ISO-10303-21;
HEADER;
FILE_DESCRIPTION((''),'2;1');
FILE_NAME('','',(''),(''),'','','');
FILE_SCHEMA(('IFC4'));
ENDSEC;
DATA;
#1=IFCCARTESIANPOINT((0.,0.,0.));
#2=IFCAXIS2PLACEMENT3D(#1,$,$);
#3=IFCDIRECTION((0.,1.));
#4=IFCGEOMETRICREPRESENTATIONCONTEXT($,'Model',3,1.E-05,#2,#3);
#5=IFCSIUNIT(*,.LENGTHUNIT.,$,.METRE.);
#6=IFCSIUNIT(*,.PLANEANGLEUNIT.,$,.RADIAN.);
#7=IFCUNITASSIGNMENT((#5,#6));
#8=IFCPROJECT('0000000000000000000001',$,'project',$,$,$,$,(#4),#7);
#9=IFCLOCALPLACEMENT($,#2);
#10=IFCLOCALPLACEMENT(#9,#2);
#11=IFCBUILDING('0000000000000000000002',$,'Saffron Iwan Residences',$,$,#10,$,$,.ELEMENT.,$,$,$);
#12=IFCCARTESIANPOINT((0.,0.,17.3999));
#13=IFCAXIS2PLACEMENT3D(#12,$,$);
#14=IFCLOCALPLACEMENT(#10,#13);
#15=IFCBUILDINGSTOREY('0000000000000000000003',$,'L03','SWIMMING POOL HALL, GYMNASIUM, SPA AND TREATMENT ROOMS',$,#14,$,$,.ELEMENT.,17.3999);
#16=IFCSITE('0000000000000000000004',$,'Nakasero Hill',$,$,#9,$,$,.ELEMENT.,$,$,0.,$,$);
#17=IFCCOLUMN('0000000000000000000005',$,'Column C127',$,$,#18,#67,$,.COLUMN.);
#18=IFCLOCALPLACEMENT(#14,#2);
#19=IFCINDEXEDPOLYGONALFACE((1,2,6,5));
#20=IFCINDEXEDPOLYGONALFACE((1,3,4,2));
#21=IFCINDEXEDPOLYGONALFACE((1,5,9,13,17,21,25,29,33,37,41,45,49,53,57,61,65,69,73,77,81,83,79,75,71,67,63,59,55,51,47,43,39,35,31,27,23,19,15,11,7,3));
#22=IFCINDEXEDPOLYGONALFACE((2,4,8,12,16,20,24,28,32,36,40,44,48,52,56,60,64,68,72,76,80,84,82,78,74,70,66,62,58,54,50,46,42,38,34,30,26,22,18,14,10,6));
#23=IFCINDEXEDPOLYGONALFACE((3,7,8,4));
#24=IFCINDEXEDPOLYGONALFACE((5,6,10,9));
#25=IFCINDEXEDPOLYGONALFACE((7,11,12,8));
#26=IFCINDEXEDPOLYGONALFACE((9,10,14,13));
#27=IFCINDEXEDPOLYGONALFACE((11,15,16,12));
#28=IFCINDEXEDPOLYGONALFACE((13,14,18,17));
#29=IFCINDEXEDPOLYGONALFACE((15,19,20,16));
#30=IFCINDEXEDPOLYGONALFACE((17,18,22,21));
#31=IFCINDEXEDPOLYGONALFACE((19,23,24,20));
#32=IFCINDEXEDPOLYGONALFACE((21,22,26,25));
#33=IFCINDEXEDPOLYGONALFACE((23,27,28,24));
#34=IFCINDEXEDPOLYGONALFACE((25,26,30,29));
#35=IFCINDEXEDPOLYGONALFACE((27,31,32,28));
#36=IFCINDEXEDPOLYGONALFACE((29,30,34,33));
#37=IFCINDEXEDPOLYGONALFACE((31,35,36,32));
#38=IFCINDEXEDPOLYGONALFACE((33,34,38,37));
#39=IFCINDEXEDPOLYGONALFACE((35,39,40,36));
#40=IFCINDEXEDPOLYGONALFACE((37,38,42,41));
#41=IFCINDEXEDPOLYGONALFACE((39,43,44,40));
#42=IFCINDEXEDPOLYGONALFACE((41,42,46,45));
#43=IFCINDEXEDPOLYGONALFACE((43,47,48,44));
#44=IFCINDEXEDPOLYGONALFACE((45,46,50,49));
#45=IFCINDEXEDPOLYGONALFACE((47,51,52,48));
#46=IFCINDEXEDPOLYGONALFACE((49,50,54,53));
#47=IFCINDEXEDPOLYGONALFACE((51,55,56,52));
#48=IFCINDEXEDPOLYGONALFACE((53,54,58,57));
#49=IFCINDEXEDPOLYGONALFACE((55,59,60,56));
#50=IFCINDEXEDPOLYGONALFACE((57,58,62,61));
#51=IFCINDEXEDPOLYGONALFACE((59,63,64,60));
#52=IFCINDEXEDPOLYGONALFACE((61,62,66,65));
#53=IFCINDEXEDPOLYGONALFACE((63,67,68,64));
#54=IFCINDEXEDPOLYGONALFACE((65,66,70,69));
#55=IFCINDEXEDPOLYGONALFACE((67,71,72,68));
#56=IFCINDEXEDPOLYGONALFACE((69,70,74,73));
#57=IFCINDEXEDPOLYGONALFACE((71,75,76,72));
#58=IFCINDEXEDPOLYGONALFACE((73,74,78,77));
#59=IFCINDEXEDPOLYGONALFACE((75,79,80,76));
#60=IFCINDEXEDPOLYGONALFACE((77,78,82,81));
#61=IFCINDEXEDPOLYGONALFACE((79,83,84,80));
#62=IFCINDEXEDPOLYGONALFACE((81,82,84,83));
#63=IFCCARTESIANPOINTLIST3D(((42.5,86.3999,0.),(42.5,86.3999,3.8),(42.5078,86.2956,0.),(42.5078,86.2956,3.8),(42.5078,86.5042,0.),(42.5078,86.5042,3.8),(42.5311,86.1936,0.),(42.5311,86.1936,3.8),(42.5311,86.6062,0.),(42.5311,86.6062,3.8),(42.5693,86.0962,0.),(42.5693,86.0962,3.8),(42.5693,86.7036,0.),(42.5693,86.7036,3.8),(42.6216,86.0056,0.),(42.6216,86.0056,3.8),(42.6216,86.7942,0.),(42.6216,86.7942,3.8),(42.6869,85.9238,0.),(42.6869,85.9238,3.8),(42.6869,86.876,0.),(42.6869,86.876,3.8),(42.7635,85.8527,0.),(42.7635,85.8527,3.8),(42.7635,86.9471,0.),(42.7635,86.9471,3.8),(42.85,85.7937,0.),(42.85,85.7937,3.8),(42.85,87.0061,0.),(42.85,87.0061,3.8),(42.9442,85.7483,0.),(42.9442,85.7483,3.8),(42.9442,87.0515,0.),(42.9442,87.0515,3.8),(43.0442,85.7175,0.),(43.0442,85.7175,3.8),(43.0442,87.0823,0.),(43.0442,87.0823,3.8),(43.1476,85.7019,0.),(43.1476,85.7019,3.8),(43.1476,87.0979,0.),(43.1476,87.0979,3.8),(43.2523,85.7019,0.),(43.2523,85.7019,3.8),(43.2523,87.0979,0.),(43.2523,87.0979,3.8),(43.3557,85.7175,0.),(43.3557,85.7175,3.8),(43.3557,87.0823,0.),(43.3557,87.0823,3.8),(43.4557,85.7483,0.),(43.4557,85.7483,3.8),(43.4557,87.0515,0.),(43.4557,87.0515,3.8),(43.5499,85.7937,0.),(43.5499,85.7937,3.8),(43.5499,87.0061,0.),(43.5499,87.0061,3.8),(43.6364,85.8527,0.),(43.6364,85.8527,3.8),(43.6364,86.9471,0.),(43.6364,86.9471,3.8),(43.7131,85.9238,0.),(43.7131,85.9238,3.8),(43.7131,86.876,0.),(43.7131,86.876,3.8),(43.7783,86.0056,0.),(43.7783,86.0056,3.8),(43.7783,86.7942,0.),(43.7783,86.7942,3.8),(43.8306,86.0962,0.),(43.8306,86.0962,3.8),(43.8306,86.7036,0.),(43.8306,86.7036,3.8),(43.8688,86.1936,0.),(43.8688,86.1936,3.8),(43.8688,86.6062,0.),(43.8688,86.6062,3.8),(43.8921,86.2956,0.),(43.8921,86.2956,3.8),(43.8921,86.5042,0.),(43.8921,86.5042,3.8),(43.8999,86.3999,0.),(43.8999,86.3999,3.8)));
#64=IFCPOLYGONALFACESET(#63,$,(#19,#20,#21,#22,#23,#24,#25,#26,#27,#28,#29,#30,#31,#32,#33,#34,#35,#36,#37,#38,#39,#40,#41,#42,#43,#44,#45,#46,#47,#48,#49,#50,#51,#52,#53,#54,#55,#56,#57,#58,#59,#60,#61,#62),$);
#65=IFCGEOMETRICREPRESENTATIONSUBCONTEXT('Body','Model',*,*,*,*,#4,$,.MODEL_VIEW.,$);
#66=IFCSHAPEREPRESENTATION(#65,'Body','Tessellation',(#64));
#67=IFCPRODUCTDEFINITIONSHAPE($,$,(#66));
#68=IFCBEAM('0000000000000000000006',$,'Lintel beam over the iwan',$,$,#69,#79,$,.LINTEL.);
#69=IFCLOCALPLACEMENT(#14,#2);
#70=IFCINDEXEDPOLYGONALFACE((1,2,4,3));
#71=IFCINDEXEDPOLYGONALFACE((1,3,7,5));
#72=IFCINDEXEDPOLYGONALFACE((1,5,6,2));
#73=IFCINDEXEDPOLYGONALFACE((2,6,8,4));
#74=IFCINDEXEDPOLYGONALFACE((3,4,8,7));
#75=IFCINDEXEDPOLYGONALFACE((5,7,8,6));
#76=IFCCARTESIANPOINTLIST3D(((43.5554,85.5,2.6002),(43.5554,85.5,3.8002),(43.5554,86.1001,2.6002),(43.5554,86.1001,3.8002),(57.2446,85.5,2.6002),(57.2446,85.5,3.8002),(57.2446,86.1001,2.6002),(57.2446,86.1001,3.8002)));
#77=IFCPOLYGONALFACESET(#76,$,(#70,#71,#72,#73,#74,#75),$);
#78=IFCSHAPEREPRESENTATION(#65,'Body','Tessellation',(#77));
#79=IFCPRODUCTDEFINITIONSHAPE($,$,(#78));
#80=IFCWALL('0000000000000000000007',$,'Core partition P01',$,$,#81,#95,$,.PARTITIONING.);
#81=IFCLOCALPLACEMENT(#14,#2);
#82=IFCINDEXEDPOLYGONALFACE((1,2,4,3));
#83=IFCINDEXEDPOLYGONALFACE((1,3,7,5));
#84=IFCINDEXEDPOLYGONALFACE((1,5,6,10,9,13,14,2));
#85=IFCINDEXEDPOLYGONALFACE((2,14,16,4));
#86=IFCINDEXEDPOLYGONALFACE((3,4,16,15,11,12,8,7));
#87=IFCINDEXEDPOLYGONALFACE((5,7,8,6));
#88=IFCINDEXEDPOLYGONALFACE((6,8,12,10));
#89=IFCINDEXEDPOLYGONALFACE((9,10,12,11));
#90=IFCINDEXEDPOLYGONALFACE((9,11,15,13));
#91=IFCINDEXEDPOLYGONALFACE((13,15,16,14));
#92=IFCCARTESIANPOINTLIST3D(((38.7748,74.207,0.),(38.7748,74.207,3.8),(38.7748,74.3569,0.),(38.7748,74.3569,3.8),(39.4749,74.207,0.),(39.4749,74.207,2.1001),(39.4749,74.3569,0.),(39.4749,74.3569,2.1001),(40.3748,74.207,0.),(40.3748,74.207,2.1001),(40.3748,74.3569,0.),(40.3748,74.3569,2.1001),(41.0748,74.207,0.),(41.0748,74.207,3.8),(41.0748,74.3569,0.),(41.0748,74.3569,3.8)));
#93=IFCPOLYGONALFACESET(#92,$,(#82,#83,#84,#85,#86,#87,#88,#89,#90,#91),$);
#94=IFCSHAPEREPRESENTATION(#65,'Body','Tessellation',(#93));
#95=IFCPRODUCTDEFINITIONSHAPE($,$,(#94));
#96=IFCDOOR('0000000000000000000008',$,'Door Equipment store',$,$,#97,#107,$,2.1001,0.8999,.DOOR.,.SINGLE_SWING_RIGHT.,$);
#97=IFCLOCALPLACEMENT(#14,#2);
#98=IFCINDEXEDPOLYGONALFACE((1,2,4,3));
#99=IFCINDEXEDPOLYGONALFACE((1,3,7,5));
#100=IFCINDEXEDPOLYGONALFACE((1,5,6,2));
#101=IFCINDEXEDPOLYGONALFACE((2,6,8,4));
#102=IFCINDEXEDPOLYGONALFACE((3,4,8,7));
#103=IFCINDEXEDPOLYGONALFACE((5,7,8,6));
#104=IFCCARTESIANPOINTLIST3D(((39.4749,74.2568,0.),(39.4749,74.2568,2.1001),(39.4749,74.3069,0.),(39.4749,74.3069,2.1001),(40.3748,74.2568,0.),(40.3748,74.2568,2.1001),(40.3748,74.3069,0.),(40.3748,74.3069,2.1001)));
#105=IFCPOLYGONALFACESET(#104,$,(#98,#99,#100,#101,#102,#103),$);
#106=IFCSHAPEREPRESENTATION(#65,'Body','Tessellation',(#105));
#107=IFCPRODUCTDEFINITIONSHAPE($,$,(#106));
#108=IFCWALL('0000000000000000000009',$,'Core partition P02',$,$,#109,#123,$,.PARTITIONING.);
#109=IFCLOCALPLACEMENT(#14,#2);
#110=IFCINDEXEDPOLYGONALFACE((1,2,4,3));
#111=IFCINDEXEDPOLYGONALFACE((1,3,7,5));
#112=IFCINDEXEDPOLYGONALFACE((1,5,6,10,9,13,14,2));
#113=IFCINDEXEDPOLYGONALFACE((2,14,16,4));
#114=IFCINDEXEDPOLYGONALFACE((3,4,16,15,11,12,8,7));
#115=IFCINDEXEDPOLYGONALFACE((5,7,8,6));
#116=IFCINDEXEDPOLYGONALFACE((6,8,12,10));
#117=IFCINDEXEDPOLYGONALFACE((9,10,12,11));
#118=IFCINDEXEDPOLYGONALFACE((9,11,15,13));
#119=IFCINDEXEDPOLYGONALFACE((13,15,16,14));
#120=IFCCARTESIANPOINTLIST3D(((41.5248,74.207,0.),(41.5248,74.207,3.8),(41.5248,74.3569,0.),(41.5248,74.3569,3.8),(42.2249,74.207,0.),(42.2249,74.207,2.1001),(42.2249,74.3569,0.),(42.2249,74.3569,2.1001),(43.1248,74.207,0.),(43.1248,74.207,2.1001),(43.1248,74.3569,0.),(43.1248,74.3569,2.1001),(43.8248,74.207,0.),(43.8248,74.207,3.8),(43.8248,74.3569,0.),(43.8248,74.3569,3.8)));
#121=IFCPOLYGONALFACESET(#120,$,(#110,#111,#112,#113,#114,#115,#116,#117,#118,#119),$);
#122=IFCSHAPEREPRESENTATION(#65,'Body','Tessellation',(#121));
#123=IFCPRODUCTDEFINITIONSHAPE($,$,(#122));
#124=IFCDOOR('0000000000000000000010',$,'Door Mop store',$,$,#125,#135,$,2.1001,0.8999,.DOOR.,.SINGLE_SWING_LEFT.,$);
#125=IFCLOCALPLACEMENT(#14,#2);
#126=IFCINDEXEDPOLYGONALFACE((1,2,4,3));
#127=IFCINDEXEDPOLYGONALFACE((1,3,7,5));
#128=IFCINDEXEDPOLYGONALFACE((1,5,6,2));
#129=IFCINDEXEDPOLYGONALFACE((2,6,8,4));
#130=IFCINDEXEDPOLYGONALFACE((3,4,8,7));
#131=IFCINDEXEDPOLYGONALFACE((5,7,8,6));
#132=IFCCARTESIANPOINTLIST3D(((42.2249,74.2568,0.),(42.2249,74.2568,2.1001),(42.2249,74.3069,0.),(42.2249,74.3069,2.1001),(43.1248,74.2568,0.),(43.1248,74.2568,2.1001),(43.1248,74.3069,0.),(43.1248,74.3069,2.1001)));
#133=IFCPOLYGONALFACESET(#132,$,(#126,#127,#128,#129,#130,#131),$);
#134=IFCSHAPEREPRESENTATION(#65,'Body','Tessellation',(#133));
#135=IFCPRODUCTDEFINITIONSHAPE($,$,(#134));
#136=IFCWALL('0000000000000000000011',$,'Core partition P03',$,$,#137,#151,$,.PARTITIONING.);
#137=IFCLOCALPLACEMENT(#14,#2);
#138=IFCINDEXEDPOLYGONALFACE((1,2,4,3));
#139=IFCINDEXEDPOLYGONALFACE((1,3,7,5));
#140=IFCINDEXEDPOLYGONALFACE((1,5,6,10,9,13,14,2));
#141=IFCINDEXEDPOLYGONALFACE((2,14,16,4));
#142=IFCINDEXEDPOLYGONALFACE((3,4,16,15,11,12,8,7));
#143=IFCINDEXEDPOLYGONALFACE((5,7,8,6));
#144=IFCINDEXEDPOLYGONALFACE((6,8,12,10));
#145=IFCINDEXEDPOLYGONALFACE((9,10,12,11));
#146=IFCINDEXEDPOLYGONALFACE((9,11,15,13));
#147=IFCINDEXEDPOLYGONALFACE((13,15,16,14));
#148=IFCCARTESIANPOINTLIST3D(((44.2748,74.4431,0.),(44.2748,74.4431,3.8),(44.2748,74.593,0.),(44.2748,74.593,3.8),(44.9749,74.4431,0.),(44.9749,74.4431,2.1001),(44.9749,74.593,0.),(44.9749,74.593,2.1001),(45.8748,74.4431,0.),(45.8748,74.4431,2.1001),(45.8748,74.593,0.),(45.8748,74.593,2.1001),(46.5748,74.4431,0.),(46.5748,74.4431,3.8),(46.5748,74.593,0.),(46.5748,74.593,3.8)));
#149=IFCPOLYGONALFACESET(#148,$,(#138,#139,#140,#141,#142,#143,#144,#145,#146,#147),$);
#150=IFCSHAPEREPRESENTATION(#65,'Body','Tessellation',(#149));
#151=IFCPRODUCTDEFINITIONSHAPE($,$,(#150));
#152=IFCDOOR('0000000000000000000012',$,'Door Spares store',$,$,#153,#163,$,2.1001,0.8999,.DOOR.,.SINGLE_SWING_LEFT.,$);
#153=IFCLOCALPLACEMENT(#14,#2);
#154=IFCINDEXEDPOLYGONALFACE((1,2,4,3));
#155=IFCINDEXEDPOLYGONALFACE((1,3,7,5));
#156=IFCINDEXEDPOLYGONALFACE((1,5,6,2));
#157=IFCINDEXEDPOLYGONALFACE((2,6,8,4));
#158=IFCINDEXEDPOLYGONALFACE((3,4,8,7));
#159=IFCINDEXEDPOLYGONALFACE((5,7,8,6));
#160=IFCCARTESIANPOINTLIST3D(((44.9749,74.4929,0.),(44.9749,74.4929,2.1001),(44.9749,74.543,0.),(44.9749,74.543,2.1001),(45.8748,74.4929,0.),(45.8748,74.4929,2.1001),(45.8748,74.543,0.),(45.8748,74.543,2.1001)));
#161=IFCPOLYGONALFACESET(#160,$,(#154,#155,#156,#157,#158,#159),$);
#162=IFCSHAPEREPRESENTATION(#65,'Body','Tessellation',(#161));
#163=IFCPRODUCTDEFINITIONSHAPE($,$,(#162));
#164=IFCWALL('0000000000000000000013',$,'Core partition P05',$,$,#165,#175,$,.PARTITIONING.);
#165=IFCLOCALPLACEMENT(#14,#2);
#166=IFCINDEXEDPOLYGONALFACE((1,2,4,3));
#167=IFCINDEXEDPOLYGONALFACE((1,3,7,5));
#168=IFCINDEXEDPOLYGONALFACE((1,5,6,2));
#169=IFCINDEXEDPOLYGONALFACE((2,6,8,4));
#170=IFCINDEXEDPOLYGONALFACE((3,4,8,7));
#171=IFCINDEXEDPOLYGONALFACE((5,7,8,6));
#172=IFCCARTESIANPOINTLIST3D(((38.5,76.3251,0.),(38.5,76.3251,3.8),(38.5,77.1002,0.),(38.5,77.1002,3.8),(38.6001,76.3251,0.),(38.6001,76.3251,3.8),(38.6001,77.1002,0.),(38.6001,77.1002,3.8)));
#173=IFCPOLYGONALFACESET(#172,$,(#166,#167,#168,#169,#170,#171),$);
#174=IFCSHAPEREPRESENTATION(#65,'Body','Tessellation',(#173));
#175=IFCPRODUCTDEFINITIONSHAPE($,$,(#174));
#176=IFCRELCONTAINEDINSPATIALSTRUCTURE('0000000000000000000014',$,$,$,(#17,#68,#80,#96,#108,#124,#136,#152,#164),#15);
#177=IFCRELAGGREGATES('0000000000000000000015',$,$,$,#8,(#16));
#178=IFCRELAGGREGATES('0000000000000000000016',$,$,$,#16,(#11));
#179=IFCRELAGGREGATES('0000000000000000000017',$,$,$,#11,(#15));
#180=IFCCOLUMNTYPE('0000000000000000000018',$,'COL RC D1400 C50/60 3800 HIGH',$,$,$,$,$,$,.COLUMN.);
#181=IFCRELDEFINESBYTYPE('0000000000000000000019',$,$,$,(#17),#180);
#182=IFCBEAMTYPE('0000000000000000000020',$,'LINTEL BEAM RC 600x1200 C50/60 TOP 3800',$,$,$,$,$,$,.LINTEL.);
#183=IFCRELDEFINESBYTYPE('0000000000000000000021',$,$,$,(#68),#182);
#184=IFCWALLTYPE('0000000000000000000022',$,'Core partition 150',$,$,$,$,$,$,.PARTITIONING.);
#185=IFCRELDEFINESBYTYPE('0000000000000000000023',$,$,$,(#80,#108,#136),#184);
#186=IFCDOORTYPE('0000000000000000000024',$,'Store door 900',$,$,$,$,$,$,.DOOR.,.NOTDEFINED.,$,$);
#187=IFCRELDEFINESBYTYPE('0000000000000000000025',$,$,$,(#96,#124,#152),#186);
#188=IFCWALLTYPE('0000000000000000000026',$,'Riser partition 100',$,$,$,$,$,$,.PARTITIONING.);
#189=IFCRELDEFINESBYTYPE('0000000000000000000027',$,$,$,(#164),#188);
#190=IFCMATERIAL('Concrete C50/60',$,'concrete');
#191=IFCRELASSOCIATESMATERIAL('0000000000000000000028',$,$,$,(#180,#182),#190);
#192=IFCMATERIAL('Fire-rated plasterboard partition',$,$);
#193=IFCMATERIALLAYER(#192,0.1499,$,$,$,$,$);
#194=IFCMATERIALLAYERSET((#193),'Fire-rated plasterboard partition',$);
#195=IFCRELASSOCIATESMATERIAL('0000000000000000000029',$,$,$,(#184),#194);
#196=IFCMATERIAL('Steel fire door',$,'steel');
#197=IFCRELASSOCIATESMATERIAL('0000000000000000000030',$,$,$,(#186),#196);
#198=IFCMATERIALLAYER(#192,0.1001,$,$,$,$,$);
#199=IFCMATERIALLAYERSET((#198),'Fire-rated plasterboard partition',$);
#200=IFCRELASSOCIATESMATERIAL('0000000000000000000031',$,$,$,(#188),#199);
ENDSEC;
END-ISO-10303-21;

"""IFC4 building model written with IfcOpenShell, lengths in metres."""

from ifc_helpers import new_model, si_unit, direction, frame, frame_2d, origin, origin_2d, place, context, subcontext, project, spatial, rectangle, circle, extrude, source, transform, mapped, material, layer, layer_set, material_profile, profile_set, type_object, element, fill, save


model = new_model("IFC4")

# Units and contexts
model_context = context("Model", 3, precision=1e-05, world=origin(), true_north=direction((0.0, 1.0)))
body_context = subcontext(model_context, "Body", "Model", "MODEL_VIEW")
ifc_project = project(units=[si_unit("LENGTHUNIT", "METRE"), si_unit("PLANEANGLEUNIT", "RADIAN")], contexts=[model_context])

# Site, building, storey
site_placement = place(None, origin())
site = spatial("IfcSite", under=ifc_project, at=site_placement, Name="Nakasero Hill", CompositionType="ELEMENT", RefElevation=0.0)
building_placement = place(site_placement, origin())
building = spatial("IfcBuilding", under=site, at=building_placement, Name="Saffron Iwan Residences", CompositionType="ELEMENT")
storey_placement = place(building_placement, frame((0.0, 0.0, 17.3999)))
storey = spatial("IfcBuildingStorey", under=building, at=storey_placement, Name="L03", Description="SWIMMING POOL HALL, GYMNASIUM, SPA AND TREATMENT ROOMS", CompositionType="ELEMENT", Elevation=17.3999)

# Column
ifc_material_1 = material(Name="Concrete C50/60", Category="concrete")
ifc_material_profile_1 = material_profile(ifc_material_1, circle(Radius=0.7, at=origin_2d()), Name="RC D1400")
ifc_profile_set_1 = profile_set([ifc_material_profile_1], Name="Concrete C50/60")
column_type = type_object("IfcColumnType", Name="COL RC D1400 C50/60 3800 HIGH", PredefinedType="COLUMN", material=ifc_profile_set_1)
shared_shape_1 = source(origin(), body_context, "Body", "SweptSolid", [
    extrude(circle(Radius=0.7, at=origin_2d()), origin(), (0.0, 0.0, 1.0), 3.8),
])
column_placement = place(storey_placement, frame((43.2, 86.3999, 0.0), z_axis=(0.0, 0.0, 1.0), x_axis=(1.0, 0.0, 0.0)))
element("IfcColumn", 1, at=column_placement, inside=storey, type_object=column_type, Name="Column C127", PredefinedType="COLUMN", context=body_context, shape_type="MappedRepresentation", body=[
    mapped(shared_shape_1, transform((0.0, 0.0, 0.0))),
])

# Beam
ifc_material_profile_2 = material_profile(ifc_material_1, rectangle(XDim=0.6001, YDim=1.2, at=origin_2d()), Name="RC 600x1200")
ifc_profile_set_2 = profile_set([ifc_material_profile_2], Name="Concrete C50/60")
beam_type = type_object("IfcBeamType", Name="LINTEL BEAM RC 600x1200 C50/60 TOP 3800", PredefinedType="LINTEL", material=ifc_profile_set_2)
shared_shape_2 = source(origin(), body_context, "Body", "SweptSolid", [
    extrude(rectangle(XDim=0.6001, YDim=1.2, at=origin_2d()), origin(), (0.0, 0.0, 1.0), 13.6892),
])
beam_placement = place(storey_placement, frame((43.5554, 85.8, 3.2002), z_axis=(1.0, 0.0, 0.0), x_axis=(0.0, 1.0, 0.0)))
element("IfcBeam", 2, at=beam_placement, inside=storey, type_object=beam_type, Name="Lintel beam over the iwan", PredefinedType="LINTEL", context=body_context, shape_type="MappedRepresentation", body=[
    mapped(shared_shape_2, transform((0.0, 0.0, 0.0))),
])

# Walls, openings, doors
ifc_material_2 = material(Name="Fire-rated plasterboard partition")
ifc_layer_1 = layer(ifc_material_2, 0.1499)
ifc_layer_set_1 = layer_set([ifc_layer_1], Name="Fire-rated plasterboard partition")
wall_type_1 = type_object("IfcWallType", Name="Core partition 150", PredefinedType="PARTITIONING", material=ifc_layer_set_1)
wall_1_placement = place(storey_placement, frame((38.7749, 74.282, 0.0), z_axis=(0.0, 0.0, 1.0), x_axis=(1.0, 0.0, 0.0)))
wall_1 = element("IfcWall", 3, at=wall_1_placement, inside=storey, type_object=wall_type_1, Name="Core partition P01", PredefinedType="PARTITIONING", context=body_context, shape_type="SweptSolid", body=[
    extrude(rectangle(XDim=2.3, YDim=0.1499, at=frame_2d((1.1499, 0.0))), origin(), (0.0, 0.0, 1.0), 3.8),
])
opening_1_placement = place(wall_1_placement, frame((0.7, 0.0, 0.0)))
opening_1 = element("IfcOpeningElement", 4, at=opening_1_placement, cuts=wall_1, PredefinedType="OPENING", context=body_context, shape_type="SweptSolid", body=[
    extrude(rectangle(XDim=0.8999, YDim=2.1001, at=frame_2d((0.45, 1.05))), frame((0.0, 0.085, 0.0), z_axis=(0.0, -1.0, 0.0), x_axis=(1.0, 0.0, 0.0)), (0.0, 0.0, 1.0), 0.1699),
])
ifc_material_3 = material(Name="Steel fire door", Category="steel")
door_type = type_object("IfcDoorType", Name="Store door 900", OperationType="NOTDEFINED", PredefinedType="DOOR", material=ifc_material_3)
door_1_placement = place(opening_1_placement, origin())
door_1 = element("IfcDoor", 5, at=door_1_placement, inside=storey, type_object=door_type, Name="Door Equipment store", OperationType="SINGLE_SWING_RIGHT", OverallHeight=2.1001, OverallWidth=0.8999, PredefinedType="DOOR", context=body_context, shape_type="SweptSolid", body=[
    extrude(rectangle(XDim=0.8999, YDim=2.1001, at=frame_2d((0.45, 1.05))), frame((0.0, 0.0249, 0.0), z_axis=(0.0, -1.0, 0.0), x_axis=(1.0, 0.0, 0.0)), (0.0, 0.0, 1.0), 0.05),
])
fill(opening_1, door_1)
wall_2_placement = place(storey_placement, frame((41.5249, 74.282, 0.0), z_axis=(0.0, 0.0, 1.0), x_axis=(1.0, 0.0, 0.0)))
wall_2 = element("IfcWall", 6, at=wall_2_placement, inside=storey, type_object=wall_type_1, Name="Core partition P02", PredefinedType="PARTITIONING", context=body_context, shape_type="SweptSolid", body=[
    extrude(rectangle(XDim=2.3, YDim=0.1499, at=frame_2d((1.1499, 0.0))), origin(), (0.0, 0.0, 1.0), 3.8),
])
opening_2_placement = place(wall_2_placement, frame((0.7, 0.0, 0.0)))
opening_2 = element("IfcOpeningElement", 7, at=opening_2_placement, cuts=wall_2, PredefinedType="OPENING", context=body_context, shape_type="SweptSolid", body=[
    extrude(rectangle(XDim=0.8999, YDim=2.1001, at=frame_2d((0.45, 1.05))), frame((0.0, 0.085, 0.0), z_axis=(0.0, -1.0, 0.0), x_axis=(1.0, 0.0, 0.0)), (0.0, 0.0, 1.0), 0.1699),
])
door_2_placement = place(opening_2_placement, origin())
door_2 = element("IfcDoor", 8, at=door_2_placement, inside=storey, type_object=door_type, Name="Door Mop store", OperationType="SINGLE_SWING_LEFT", OverallHeight=2.1001, OverallWidth=0.8999, PredefinedType="DOOR", context=body_context, shape_type="SweptSolid", body=[
    extrude(rectangle(XDim=0.8999, YDim=2.1001, at=frame_2d((0.45, 1.05))), frame((0.0, 0.0249, 0.0), z_axis=(0.0, -1.0, 0.0), x_axis=(1.0, 0.0, 0.0)), (0.0, 0.0, 1.0), 0.05),
])
fill(opening_2, door_2)
wall_3_placement = place(storey_placement, frame((44.2749, 74.5181, 0.0), z_axis=(0.0, 0.0, 1.0), x_axis=(1.0, 0.0, 0.0)))
wall_3 = element("IfcWall", 9, at=wall_3_placement, inside=storey, type_object=wall_type_1, Name="Core partition P03", PredefinedType="PARTITIONING", context=body_context, shape_type="SweptSolid", body=[
    extrude(rectangle(XDim=2.3, YDim=0.1499, at=frame_2d((1.1499, 0.0))), origin(), (0.0, 0.0, 1.0), 3.8),
])
opening_3_placement = place(wall_3_placement, frame((0.7, 0.0, 0.0)))
opening_3 = element("IfcOpeningElement", 10, at=opening_3_placement, cuts=wall_3, PredefinedType="OPENING", context=body_context, shape_type="SweptSolid", body=[
    extrude(rectangle(XDim=0.8999, YDim=2.1001, at=frame_2d((0.45, 1.05))), frame((0.0, 0.085, 0.0), z_axis=(0.0, -1.0, 0.0), x_axis=(1.0, 0.0, 0.0)), (0.0, 0.0, 1.0), 0.1699),
])
door_3_placement = place(opening_3_placement, origin())
door_3 = element("IfcDoor", 11, at=door_3_placement, inside=storey, type_object=door_type, Name="Door Spares store", OperationType="SINGLE_SWING_LEFT", OverallHeight=2.1001, OverallWidth=0.8999, PredefinedType="DOOR", context=body_context, shape_type="SweptSolid", body=[
    extrude(rectangle(XDim=0.8999, YDim=2.1001, at=frame_2d((0.45, 1.05))), frame((0.0, 0.0249, 0.0), z_axis=(0.0, -1.0, 0.0), x_axis=(1.0, 0.0, 0.0)), (0.0, 0.0, 1.0), 0.05),
])
fill(opening_3, door_3)

# Wall
ifc_layer_2 = layer(ifc_material_2, 0.1001)
ifc_layer_set_2 = layer_set([ifc_layer_2], Name="Fire-rated plasterboard partition")
wall_type_2 = type_object("IfcWallType", Name="Riser partition 100", PredefinedType="PARTITIONING", material=ifc_layer_set_2)
for number, where, z_axis, x_axis, name in (
    (12, (38.55, 76.325, 0.0), (0.0, 0.0, 1.0), (0.0, 1.0, 0.0), "Core partition P05"),
):
    element("IfcWall", number, at=place(storey_placement, frame(where, z_axis=z_axis, x_axis=x_axis)), inside=storey, type_object=wall_type_2, Name=name, PredefinedType="PARTITIONING", context=body_context, shape_type="SweptSolid", body=[
        extrude(rectangle(XDim=0.7751, YDim=0.1001, at=frame_2d((0.3877, 0.0))), origin(), (0.0, 0.0, 1.0), 3.8),
    ])

save(model, "model.ifc")
